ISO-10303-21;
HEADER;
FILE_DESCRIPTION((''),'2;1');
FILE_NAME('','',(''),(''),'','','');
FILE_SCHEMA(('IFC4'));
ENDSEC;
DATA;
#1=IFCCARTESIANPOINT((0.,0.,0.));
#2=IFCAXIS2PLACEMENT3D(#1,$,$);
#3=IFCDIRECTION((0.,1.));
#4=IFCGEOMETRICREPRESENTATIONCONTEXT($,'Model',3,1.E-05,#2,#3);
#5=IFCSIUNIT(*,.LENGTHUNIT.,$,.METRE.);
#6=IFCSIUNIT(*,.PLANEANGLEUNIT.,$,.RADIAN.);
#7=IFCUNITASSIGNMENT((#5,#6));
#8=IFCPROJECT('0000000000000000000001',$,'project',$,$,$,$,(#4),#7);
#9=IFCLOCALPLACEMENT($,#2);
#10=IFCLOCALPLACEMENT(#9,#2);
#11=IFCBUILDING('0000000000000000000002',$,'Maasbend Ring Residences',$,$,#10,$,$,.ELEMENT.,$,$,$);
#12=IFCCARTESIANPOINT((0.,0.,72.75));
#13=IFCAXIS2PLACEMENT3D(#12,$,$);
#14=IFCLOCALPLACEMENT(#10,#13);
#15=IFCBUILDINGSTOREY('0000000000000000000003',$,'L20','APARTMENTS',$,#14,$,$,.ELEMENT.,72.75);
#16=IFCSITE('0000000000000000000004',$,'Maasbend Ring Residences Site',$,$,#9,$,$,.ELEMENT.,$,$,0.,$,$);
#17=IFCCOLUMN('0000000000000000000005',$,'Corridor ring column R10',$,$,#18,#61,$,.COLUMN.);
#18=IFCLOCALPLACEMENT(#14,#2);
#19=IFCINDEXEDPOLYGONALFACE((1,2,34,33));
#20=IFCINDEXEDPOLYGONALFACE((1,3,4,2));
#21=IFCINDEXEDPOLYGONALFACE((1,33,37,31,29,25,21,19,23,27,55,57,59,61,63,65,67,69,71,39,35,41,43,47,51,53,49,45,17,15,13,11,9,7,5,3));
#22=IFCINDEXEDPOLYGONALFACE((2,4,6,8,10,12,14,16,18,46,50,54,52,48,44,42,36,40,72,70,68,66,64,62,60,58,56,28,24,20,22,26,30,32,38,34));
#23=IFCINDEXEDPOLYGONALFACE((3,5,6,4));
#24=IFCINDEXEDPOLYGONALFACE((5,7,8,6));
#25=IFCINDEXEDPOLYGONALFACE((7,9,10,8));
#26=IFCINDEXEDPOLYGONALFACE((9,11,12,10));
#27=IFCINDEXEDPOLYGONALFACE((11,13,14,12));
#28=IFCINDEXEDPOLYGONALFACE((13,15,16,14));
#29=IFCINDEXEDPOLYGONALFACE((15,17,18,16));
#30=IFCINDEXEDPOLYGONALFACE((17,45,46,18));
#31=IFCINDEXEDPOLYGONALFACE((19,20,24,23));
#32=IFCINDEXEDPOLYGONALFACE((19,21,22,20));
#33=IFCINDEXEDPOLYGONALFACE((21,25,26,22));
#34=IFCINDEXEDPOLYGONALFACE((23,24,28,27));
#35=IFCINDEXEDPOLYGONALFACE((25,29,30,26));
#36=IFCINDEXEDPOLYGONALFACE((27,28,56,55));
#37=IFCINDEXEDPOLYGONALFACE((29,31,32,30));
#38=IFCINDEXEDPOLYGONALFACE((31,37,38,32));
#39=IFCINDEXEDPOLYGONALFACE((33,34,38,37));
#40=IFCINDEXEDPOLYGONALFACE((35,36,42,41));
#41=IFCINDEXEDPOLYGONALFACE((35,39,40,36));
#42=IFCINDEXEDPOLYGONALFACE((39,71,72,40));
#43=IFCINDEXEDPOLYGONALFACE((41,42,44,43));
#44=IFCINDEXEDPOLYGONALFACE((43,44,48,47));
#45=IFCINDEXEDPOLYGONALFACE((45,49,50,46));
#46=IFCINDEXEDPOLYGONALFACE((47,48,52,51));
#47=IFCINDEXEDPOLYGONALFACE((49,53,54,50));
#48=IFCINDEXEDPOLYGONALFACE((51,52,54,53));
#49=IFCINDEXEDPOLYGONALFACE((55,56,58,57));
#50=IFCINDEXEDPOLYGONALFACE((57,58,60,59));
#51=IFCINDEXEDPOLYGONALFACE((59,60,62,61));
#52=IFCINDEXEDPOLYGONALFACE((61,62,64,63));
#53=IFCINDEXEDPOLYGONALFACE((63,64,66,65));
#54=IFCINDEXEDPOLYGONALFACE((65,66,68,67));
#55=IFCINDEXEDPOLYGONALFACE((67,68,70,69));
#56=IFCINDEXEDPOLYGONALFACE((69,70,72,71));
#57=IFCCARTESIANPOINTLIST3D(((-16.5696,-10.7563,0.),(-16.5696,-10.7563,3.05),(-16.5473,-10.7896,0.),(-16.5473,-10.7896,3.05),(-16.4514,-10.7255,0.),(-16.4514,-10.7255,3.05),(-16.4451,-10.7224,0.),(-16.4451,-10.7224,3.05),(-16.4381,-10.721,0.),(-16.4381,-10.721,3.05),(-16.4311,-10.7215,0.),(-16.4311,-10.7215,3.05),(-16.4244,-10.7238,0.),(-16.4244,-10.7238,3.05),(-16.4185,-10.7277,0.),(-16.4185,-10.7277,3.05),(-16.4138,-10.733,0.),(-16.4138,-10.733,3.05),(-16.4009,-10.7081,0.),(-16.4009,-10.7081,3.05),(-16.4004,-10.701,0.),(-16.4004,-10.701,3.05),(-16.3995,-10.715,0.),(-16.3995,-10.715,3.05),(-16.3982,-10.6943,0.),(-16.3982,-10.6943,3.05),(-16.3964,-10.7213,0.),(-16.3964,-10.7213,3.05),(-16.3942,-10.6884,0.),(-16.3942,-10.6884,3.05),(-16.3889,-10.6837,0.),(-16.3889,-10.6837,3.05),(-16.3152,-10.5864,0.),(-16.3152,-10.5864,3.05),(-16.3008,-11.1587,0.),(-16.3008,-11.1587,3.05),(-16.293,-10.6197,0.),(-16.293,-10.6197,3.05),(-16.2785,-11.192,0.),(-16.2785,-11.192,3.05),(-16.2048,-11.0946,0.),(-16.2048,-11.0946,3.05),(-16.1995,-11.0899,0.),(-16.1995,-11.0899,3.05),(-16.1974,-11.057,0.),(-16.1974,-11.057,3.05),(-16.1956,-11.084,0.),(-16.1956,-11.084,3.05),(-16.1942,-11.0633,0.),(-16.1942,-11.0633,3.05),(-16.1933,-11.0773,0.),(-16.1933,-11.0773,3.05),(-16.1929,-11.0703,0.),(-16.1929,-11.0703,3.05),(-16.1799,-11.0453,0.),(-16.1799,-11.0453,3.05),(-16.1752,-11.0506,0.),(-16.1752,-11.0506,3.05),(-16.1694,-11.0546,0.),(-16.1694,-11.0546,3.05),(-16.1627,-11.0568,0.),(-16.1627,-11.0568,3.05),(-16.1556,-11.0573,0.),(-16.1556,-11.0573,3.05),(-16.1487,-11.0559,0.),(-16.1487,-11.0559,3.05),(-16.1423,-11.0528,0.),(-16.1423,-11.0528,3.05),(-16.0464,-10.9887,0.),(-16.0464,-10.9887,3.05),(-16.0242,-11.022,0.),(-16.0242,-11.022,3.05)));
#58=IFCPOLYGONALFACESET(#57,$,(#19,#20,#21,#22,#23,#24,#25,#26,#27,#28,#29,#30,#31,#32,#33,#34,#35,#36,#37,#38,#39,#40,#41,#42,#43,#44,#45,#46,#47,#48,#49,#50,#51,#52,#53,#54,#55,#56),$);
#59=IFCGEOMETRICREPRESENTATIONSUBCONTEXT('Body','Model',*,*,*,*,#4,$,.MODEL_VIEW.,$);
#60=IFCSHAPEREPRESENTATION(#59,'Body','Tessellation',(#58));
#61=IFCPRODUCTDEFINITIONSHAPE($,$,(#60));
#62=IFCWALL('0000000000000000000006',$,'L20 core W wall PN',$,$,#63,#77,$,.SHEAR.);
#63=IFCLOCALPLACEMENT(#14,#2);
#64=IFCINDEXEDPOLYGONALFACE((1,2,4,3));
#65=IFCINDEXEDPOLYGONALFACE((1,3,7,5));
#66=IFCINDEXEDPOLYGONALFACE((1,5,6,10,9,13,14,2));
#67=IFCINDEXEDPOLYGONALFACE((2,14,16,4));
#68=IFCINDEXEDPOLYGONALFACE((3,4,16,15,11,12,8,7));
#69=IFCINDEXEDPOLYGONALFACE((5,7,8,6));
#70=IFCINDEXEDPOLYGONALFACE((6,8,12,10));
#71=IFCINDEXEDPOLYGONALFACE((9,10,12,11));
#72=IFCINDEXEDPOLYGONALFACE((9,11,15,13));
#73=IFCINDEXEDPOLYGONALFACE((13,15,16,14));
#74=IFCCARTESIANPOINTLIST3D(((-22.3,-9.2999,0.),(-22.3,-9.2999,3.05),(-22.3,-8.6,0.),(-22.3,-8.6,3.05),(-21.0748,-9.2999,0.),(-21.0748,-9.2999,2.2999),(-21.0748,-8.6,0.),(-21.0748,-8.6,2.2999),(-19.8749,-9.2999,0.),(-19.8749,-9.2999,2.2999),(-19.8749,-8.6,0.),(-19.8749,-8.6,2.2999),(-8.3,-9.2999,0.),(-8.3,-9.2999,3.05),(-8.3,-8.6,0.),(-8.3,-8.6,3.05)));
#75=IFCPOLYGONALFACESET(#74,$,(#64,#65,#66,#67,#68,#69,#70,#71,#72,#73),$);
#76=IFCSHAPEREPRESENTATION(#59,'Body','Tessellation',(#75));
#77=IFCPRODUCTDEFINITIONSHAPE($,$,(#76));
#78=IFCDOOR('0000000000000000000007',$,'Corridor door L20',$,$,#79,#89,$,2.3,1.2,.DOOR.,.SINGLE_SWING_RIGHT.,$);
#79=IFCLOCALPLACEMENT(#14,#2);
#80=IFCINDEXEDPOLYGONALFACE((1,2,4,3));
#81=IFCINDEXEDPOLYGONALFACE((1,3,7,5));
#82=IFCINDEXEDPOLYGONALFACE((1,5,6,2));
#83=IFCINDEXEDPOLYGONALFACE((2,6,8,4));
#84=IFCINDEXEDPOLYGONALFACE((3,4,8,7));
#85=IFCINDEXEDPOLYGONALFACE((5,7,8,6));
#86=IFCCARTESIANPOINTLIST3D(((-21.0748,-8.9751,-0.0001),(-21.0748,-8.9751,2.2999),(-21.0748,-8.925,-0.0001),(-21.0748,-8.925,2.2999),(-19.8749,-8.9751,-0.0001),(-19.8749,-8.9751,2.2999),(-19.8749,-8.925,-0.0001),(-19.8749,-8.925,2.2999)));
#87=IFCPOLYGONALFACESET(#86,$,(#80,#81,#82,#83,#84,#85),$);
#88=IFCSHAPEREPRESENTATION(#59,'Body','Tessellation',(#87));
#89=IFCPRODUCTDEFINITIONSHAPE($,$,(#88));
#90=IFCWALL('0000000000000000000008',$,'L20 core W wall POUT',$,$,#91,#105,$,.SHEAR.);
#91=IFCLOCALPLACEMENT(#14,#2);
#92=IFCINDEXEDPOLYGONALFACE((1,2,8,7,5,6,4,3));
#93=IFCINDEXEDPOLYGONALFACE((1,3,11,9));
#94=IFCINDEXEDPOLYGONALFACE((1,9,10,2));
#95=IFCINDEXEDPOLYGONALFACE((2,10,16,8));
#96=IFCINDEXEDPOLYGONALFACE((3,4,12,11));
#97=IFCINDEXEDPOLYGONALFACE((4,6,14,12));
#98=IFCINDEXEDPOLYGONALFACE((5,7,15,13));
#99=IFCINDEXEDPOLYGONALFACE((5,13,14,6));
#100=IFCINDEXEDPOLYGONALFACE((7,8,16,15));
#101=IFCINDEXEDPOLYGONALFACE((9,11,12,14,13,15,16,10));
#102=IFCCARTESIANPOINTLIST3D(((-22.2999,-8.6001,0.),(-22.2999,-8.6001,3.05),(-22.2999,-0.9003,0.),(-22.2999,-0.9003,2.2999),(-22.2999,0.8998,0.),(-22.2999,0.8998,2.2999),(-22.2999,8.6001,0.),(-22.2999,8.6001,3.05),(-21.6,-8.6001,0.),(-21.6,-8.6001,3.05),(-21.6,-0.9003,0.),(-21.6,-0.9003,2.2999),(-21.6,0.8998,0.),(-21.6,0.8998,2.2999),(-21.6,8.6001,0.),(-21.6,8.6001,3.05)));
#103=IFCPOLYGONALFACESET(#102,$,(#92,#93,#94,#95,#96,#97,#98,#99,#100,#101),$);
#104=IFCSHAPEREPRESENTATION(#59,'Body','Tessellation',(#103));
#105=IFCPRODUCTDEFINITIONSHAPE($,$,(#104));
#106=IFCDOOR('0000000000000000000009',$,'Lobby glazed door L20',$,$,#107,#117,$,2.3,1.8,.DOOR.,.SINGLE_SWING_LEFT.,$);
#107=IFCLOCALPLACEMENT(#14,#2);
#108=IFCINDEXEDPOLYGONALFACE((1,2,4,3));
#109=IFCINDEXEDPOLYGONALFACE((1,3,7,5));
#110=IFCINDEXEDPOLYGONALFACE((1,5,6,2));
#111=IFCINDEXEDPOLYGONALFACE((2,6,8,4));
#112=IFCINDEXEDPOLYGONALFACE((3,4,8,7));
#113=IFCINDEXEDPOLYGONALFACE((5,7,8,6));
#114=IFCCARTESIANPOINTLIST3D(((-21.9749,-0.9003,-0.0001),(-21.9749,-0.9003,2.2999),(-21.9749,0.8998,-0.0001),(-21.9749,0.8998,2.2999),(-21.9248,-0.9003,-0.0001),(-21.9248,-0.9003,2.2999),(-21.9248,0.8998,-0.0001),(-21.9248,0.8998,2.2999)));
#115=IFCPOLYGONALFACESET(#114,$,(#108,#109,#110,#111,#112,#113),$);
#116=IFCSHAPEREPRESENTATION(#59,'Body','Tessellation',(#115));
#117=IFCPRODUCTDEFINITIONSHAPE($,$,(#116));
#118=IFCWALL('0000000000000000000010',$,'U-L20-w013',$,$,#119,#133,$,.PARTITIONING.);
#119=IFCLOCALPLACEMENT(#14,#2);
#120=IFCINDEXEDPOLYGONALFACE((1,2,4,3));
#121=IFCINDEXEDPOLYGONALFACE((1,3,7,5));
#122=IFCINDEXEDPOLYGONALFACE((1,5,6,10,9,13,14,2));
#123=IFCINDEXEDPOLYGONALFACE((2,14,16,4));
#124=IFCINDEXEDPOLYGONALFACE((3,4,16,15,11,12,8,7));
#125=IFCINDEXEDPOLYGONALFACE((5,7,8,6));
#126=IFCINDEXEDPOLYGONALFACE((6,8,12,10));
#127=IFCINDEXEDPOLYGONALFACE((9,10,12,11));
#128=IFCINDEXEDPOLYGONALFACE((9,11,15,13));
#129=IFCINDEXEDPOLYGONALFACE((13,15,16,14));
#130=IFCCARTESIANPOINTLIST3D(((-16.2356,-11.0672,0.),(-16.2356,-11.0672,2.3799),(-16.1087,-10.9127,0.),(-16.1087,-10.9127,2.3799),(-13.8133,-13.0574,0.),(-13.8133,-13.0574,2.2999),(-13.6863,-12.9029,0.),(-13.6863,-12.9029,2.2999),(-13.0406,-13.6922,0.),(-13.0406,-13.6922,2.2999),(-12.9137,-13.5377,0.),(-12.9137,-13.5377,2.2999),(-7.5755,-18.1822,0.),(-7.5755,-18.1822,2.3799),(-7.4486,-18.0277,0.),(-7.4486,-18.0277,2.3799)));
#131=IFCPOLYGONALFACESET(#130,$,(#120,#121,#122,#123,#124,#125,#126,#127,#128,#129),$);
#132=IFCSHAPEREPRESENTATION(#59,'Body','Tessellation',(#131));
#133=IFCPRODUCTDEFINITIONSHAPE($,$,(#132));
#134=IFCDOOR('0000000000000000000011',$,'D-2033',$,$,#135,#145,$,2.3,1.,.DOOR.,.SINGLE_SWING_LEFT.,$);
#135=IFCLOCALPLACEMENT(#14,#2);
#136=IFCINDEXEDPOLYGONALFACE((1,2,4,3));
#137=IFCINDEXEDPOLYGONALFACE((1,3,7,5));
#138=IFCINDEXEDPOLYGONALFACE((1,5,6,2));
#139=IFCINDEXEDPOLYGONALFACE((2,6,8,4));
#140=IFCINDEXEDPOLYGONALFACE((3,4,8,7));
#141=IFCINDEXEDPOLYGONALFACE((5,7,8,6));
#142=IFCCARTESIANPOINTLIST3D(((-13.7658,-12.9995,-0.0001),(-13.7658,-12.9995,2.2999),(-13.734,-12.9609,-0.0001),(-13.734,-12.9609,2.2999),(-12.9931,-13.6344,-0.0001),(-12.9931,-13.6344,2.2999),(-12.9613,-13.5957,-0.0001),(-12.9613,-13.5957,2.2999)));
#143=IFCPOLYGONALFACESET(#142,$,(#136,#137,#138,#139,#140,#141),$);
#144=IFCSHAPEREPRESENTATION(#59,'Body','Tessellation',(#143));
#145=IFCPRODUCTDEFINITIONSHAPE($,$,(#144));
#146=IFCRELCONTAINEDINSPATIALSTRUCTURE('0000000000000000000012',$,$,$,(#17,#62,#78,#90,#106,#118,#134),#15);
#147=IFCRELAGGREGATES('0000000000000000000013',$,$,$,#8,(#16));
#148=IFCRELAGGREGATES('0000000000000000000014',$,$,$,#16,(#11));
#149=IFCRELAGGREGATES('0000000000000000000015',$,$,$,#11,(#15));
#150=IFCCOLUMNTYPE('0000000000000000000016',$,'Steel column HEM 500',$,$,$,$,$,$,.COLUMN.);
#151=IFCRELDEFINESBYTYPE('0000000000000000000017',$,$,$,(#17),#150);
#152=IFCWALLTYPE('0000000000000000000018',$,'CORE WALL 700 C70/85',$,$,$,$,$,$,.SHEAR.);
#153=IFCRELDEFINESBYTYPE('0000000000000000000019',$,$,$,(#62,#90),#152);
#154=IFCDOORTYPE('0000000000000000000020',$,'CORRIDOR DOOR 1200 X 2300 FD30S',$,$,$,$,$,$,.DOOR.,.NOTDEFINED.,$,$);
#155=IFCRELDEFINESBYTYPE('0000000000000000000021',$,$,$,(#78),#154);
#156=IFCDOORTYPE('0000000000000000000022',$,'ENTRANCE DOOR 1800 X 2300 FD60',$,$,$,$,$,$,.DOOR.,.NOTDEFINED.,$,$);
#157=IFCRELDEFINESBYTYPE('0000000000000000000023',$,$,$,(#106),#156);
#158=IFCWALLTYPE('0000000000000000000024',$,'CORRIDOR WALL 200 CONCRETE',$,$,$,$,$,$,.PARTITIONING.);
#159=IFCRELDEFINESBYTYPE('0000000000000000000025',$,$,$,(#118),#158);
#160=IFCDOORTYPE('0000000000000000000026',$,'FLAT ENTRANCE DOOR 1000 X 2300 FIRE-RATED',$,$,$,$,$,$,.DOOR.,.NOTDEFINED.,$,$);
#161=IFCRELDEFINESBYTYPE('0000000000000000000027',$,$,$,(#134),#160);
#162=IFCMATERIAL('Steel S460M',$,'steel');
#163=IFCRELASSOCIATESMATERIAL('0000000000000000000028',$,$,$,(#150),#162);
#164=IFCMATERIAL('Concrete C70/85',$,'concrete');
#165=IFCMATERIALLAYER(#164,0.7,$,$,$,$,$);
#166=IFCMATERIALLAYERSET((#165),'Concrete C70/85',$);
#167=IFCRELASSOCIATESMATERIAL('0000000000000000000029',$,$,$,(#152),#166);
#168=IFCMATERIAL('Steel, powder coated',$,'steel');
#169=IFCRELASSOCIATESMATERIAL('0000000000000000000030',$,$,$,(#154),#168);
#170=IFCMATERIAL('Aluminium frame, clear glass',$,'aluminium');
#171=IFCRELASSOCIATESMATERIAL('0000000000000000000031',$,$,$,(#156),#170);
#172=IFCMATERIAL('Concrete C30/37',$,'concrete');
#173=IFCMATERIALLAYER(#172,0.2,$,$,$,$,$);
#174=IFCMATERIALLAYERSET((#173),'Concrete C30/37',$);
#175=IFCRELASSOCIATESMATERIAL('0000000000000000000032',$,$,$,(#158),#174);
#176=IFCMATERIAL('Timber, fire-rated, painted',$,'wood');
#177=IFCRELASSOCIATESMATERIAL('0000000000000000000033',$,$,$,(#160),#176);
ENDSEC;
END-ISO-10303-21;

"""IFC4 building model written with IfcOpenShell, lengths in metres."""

from ifc_helpers import new_model, si_unit, direction, frame, frame_2d, origin, origin_2d, place, context, subcontext, project, spatial, rectangle, i_section, extrude, material, layer, layer_set, material_profile, profile_set, type_object, element, fill, save


model = new_model("IFC4")

# Units and contexts
model_context = context("Model", 3, precision=1e-05, world=origin(), true_north=direction((0.0, 1.0)))
body_context = subcontext(model_context, "Body", "Model", "MODEL_VIEW")
ifc_project = project(units=[si_unit("LENGTHUNIT", "METRE"), si_unit("PLANEANGLEUNIT", "RADIAN")], contexts=[model_context])

# Site, building, storey
site_placement = place(None, origin())
site = spatial("IfcSite", under=ifc_project, at=site_placement, Name="Maasbend Ring Residences Site", CompositionType="ELEMENT", RefElevation=0.0)
building_placement = place(site_placement, origin())
building = spatial("IfcBuilding", under=site, at=building_placement, Name="Maasbend Ring Residences", CompositionType="ELEMENT")
storey_placement = place(building_placement, frame((0.0, 0.0, 72.75)))
storey = spatial("IfcBuildingStorey", under=building, at=storey_placement, Name="L20", Description="APARTMENTS", CompositionType="ELEMENT", Elevation=72.75)

# Column
ifc_material_1 = material(Name="Steel S460M", Category="steel")
ifc_material_profile = material_profile(ifc_material_1, i_section(OverallWidth=0.3059, OverallDepth=0.5239, WebThickness=0.021, FlangeThickness=0.04, FilletRadius=0.0271, at=origin_2d()), Name="HEM 500")
ifc_profile_set = profile_set([ifc_material_profile], Name="Steel S460M")
column_type = type_object("IfcColumnType", Name="Steel column HEM 500", PredefinedType="COLUMN", material=ifc_profile_set)
column_placement = place(storey_placement, frame((-16.2969, -10.8892, 0.0), z_axis=(0.0, 0.0, 1.0), x_axis=(-0.83147, -0.55557, 0.0)))
element("IfcColumn", 1, at=column_placement, inside=storey, type_object=column_type, Name="Corridor ring column R10", PredefinedType="COLUMN", context=body_context, shape_type="SweptSolid", body=[
    extrude(i_section(OverallWidth=0.3059, OverallDepth=0.5239, WebThickness=0.021, FlangeThickness=0.04, FilletRadius=0.0271, at=origin_2d()), origin(), (0.0, 0.0, 1.0), 3.05),
])

# Walls, openings, doors
ifc_material_2 = material(Name="Concrete C70/85", Category="concrete")
ifc_layer_1 = layer(ifc_material_2, 0.7)
ifc_layer_set_1 = layer_set([ifc_layer_1], Name="Concrete C70/85")
wall_type_1 = type_object("IfcWallType", Name="CORE WALL 700 C70/85", PredefinedType="SHEAR", material=ifc_layer_set_1)
wall_1_placement = place(storey_placement, frame((-22.3, -8.95, 0.0), z_axis=(0.0, 0.0, 1.0), x_axis=(1.0, 0.0, 0.0)))
wall_1 = element("IfcWall", 2, at=wall_1_placement, inside=storey, type_object=wall_type_1, Name="L20 core W wall PN", PredefinedType="SHEAR", context=body_context, shape_type="SweptSolid", body=[
    extrude(rectangle(XDim=14.0, YDim=0.7, at=frame_2d((7.0, 0.0))), origin(), (0.0, 0.0, 1.0), 3.05),
])
opening_1_placement = place(wall_1_placement, frame((1.2251, 0.0, 0.0)))
opening_1 = element("IfcOpeningElement", 3, at=opening_1_placement, cuts=wall_1, PredefinedType="OPENING", context=body_context, shape_type="SweptSolid", body=[
    extrude(rectangle(XDim=1.2, YDim=2.3, at=frame_2d((0.6001, 1.1499))), frame((0.0, 0.3599, 0.0), z_axis=(0.0, -1.0, 0.0), x_axis=(1.0, 0.0, 0.0)), (0.0, 0.0, 1.0), 0.72),
])
ifc_material_3 = material(Name="Steel, powder coated", Category="steel")
door_type_1 = type_object("IfcDoorType", Name="CORRIDOR DOOR 1200 X 2300 FD30S", OperationType="NOTDEFINED", PredefinedType="DOOR", material=ifc_material_3)
door_1_placement = place(opening_1_placement, origin())
door_1 = element("IfcDoor", 4, at=door_1_placement, inside=storey, type_object=door_type_1, Name="Corridor door L20", OperationType="SINGLE_SWING_RIGHT", OverallHeight=2.3, OverallWidth=1.2, PredefinedType="DOOR", context=body_context, shape_type="SweptSolid", body=[
    extrude(rectangle(XDim=1.2, YDim=2.3, at=frame_2d((0.6001, 1.1499))), frame((0.0, 0.0249, 0.0), z_axis=(0.0, -1.0, 0.0), x_axis=(1.0, 0.0, 0.0)), (0.0, 0.0, 1.0), 0.05),
])
fill(opening_1, door_1)
wall_2_placement = place(storey_placement, frame((-21.95, -8.6001, 0.0), z_axis=(0.0, 0.0, 1.0), x_axis=(0.0, 1.0, 0.0)))
wall_2 = element("IfcWall", 5, at=wall_2_placement, inside=storey, type_object=wall_type_1, Name="L20 core W wall POUT", PredefinedType="SHEAR", context=body_context, shape_type="SweptSolid", body=[
    extrude(rectangle(XDim=17.2002, YDim=0.7, at=frame_2d((8.6001, 0.0))), origin(), (0.0, 0.0, 1.0), 3.05),
])
opening_2_placement = place(wall_2_placement, frame((7.7, 0.0, 0.0)))
opening_2 = element("IfcOpeningElement", 6, at=opening_2_placement, cuts=wall_2, PredefinedType="OPENING", context=body_context, shape_type="SweptSolid", body=[
    extrude(rectangle(XDim=1.8, YDim=2.3, at=frame_2d((0.8999, 1.1499))), frame((0.0, 0.3599, 0.0), z_axis=(0.0, -1.0, 0.0), x_axis=(1.0, 0.0, 0.0)), (0.0, 0.0, 1.0), 0.72),
])
ifc_material_4 = material(Name="Aluminium frame, clear glass", Category="aluminium")
door_type_2 = type_object("IfcDoorType", Name="ENTRANCE DOOR 1800 X 2300 FD60", OperationType="NOTDEFINED", PredefinedType="DOOR", material=ifc_material_4)
door_2_placement = place(opening_2_placement, origin())
door_2 = element("IfcDoor", 7, at=door_2_placement, inside=storey, type_object=door_type_2, Name="Lobby glazed door L20", OperationType="SINGLE_SWING_LEFT", OverallHeight=2.3, OverallWidth=1.8, PredefinedType="DOOR", context=body_context, shape_type="SweptSolid", body=[
    extrude(rectangle(XDim=1.8, YDim=2.3, at=frame_2d((0.8999, 1.1499))), frame((0.0, 0.0249, 0.0), z_axis=(0.0, -1.0, 0.0), x_axis=(1.0, 0.0, 0.0)), (0.0, 0.0, 1.0), 0.05),
])
fill(opening_2, door_2)
ifc_material_5 = material(Name="Concrete C30/37", Category="concrete")
ifc_layer_2 = layer(ifc_material_5, 0.2)
ifc_layer_set_2 = layer_set([ifc_layer_2], Name="Concrete C30/37")
wall_type_2 = type_object("IfcWallType", Name="CORRIDOR WALL 200 CONCRETE", PredefinedType="PARTITIONING", material=ifc_layer_set_2)
wall_3_placement = place(storey_placement, frame((-16.1721, -10.99, 0.0), z_axis=(0.0, 0.0, 1.0), x_axis=(0.77267, -0.634808, 0.0)))
wall_3 = element("IfcWall", 8, at=wall_3_placement, inside=storey, type_object=wall_type_2, Name="U-L20-w013", PredefinedType="PARTITIONING", context=body_context, shape_type="SweptSolid", body=[
    extrude(rectangle(XDim=11.208, YDim=0.2, at=frame_2d((5.604, 0.0))), origin(), (0.0, 0.0, 1.0), 2.3799),
])
opening_3_placement = place(wall_3_placement, frame((3.135, 0.0, 0.0)))
opening_3 = element("IfcOpeningElement", 9, at=opening_3_placement, cuts=wall_3, PredefinedType="OPENING", context=body_context, shape_type="SweptSolid", body=[
    extrude(rectangle(XDim=1.0, YDim=2.3, at=frame_2d((0.5, 1.1499))), frame((0.0, 0.1099, 0.0), z_axis=(0.0, -1.0, 0.0), x_axis=(1.0, 0.0, 0.0)), (0.0, 0.0, 1.0), 0.22),
])
ifc_material_6 = material(Name="Timber, fire-rated, painted", Category="wood")
door_type_3 = type_object("IfcDoorType", Name="FLAT ENTRANCE DOOR 1000 X 2300 FIRE-RATED", OperationType="NOTDEFINED", PredefinedType="DOOR", material=ifc_material_6)
door_3_placement = place(opening_3_placement, origin())
door_3 = element("IfcDoor", 10, at=door_3_placement, inside=storey, type_object=door_type_3, Name="D-2033", OperationType="SINGLE_SWING_LEFT", OverallHeight=2.3, OverallWidth=1.0, PredefinedType="DOOR", context=body_context, shape_type="SweptSolid", body=[
    extrude(rectangle(XDim=1.0, YDim=2.3, at=frame_2d((0.5, 1.1499))), frame((0.0, 0.0249, 0.0), z_axis=(0.0, -1.0, 0.0), x_axis=(1.0, 0.0, 0.0)), (0.0, 0.0, 1.0), 0.05),
])
fill(opening_3, door_3)

save(model, "model.ifc")
